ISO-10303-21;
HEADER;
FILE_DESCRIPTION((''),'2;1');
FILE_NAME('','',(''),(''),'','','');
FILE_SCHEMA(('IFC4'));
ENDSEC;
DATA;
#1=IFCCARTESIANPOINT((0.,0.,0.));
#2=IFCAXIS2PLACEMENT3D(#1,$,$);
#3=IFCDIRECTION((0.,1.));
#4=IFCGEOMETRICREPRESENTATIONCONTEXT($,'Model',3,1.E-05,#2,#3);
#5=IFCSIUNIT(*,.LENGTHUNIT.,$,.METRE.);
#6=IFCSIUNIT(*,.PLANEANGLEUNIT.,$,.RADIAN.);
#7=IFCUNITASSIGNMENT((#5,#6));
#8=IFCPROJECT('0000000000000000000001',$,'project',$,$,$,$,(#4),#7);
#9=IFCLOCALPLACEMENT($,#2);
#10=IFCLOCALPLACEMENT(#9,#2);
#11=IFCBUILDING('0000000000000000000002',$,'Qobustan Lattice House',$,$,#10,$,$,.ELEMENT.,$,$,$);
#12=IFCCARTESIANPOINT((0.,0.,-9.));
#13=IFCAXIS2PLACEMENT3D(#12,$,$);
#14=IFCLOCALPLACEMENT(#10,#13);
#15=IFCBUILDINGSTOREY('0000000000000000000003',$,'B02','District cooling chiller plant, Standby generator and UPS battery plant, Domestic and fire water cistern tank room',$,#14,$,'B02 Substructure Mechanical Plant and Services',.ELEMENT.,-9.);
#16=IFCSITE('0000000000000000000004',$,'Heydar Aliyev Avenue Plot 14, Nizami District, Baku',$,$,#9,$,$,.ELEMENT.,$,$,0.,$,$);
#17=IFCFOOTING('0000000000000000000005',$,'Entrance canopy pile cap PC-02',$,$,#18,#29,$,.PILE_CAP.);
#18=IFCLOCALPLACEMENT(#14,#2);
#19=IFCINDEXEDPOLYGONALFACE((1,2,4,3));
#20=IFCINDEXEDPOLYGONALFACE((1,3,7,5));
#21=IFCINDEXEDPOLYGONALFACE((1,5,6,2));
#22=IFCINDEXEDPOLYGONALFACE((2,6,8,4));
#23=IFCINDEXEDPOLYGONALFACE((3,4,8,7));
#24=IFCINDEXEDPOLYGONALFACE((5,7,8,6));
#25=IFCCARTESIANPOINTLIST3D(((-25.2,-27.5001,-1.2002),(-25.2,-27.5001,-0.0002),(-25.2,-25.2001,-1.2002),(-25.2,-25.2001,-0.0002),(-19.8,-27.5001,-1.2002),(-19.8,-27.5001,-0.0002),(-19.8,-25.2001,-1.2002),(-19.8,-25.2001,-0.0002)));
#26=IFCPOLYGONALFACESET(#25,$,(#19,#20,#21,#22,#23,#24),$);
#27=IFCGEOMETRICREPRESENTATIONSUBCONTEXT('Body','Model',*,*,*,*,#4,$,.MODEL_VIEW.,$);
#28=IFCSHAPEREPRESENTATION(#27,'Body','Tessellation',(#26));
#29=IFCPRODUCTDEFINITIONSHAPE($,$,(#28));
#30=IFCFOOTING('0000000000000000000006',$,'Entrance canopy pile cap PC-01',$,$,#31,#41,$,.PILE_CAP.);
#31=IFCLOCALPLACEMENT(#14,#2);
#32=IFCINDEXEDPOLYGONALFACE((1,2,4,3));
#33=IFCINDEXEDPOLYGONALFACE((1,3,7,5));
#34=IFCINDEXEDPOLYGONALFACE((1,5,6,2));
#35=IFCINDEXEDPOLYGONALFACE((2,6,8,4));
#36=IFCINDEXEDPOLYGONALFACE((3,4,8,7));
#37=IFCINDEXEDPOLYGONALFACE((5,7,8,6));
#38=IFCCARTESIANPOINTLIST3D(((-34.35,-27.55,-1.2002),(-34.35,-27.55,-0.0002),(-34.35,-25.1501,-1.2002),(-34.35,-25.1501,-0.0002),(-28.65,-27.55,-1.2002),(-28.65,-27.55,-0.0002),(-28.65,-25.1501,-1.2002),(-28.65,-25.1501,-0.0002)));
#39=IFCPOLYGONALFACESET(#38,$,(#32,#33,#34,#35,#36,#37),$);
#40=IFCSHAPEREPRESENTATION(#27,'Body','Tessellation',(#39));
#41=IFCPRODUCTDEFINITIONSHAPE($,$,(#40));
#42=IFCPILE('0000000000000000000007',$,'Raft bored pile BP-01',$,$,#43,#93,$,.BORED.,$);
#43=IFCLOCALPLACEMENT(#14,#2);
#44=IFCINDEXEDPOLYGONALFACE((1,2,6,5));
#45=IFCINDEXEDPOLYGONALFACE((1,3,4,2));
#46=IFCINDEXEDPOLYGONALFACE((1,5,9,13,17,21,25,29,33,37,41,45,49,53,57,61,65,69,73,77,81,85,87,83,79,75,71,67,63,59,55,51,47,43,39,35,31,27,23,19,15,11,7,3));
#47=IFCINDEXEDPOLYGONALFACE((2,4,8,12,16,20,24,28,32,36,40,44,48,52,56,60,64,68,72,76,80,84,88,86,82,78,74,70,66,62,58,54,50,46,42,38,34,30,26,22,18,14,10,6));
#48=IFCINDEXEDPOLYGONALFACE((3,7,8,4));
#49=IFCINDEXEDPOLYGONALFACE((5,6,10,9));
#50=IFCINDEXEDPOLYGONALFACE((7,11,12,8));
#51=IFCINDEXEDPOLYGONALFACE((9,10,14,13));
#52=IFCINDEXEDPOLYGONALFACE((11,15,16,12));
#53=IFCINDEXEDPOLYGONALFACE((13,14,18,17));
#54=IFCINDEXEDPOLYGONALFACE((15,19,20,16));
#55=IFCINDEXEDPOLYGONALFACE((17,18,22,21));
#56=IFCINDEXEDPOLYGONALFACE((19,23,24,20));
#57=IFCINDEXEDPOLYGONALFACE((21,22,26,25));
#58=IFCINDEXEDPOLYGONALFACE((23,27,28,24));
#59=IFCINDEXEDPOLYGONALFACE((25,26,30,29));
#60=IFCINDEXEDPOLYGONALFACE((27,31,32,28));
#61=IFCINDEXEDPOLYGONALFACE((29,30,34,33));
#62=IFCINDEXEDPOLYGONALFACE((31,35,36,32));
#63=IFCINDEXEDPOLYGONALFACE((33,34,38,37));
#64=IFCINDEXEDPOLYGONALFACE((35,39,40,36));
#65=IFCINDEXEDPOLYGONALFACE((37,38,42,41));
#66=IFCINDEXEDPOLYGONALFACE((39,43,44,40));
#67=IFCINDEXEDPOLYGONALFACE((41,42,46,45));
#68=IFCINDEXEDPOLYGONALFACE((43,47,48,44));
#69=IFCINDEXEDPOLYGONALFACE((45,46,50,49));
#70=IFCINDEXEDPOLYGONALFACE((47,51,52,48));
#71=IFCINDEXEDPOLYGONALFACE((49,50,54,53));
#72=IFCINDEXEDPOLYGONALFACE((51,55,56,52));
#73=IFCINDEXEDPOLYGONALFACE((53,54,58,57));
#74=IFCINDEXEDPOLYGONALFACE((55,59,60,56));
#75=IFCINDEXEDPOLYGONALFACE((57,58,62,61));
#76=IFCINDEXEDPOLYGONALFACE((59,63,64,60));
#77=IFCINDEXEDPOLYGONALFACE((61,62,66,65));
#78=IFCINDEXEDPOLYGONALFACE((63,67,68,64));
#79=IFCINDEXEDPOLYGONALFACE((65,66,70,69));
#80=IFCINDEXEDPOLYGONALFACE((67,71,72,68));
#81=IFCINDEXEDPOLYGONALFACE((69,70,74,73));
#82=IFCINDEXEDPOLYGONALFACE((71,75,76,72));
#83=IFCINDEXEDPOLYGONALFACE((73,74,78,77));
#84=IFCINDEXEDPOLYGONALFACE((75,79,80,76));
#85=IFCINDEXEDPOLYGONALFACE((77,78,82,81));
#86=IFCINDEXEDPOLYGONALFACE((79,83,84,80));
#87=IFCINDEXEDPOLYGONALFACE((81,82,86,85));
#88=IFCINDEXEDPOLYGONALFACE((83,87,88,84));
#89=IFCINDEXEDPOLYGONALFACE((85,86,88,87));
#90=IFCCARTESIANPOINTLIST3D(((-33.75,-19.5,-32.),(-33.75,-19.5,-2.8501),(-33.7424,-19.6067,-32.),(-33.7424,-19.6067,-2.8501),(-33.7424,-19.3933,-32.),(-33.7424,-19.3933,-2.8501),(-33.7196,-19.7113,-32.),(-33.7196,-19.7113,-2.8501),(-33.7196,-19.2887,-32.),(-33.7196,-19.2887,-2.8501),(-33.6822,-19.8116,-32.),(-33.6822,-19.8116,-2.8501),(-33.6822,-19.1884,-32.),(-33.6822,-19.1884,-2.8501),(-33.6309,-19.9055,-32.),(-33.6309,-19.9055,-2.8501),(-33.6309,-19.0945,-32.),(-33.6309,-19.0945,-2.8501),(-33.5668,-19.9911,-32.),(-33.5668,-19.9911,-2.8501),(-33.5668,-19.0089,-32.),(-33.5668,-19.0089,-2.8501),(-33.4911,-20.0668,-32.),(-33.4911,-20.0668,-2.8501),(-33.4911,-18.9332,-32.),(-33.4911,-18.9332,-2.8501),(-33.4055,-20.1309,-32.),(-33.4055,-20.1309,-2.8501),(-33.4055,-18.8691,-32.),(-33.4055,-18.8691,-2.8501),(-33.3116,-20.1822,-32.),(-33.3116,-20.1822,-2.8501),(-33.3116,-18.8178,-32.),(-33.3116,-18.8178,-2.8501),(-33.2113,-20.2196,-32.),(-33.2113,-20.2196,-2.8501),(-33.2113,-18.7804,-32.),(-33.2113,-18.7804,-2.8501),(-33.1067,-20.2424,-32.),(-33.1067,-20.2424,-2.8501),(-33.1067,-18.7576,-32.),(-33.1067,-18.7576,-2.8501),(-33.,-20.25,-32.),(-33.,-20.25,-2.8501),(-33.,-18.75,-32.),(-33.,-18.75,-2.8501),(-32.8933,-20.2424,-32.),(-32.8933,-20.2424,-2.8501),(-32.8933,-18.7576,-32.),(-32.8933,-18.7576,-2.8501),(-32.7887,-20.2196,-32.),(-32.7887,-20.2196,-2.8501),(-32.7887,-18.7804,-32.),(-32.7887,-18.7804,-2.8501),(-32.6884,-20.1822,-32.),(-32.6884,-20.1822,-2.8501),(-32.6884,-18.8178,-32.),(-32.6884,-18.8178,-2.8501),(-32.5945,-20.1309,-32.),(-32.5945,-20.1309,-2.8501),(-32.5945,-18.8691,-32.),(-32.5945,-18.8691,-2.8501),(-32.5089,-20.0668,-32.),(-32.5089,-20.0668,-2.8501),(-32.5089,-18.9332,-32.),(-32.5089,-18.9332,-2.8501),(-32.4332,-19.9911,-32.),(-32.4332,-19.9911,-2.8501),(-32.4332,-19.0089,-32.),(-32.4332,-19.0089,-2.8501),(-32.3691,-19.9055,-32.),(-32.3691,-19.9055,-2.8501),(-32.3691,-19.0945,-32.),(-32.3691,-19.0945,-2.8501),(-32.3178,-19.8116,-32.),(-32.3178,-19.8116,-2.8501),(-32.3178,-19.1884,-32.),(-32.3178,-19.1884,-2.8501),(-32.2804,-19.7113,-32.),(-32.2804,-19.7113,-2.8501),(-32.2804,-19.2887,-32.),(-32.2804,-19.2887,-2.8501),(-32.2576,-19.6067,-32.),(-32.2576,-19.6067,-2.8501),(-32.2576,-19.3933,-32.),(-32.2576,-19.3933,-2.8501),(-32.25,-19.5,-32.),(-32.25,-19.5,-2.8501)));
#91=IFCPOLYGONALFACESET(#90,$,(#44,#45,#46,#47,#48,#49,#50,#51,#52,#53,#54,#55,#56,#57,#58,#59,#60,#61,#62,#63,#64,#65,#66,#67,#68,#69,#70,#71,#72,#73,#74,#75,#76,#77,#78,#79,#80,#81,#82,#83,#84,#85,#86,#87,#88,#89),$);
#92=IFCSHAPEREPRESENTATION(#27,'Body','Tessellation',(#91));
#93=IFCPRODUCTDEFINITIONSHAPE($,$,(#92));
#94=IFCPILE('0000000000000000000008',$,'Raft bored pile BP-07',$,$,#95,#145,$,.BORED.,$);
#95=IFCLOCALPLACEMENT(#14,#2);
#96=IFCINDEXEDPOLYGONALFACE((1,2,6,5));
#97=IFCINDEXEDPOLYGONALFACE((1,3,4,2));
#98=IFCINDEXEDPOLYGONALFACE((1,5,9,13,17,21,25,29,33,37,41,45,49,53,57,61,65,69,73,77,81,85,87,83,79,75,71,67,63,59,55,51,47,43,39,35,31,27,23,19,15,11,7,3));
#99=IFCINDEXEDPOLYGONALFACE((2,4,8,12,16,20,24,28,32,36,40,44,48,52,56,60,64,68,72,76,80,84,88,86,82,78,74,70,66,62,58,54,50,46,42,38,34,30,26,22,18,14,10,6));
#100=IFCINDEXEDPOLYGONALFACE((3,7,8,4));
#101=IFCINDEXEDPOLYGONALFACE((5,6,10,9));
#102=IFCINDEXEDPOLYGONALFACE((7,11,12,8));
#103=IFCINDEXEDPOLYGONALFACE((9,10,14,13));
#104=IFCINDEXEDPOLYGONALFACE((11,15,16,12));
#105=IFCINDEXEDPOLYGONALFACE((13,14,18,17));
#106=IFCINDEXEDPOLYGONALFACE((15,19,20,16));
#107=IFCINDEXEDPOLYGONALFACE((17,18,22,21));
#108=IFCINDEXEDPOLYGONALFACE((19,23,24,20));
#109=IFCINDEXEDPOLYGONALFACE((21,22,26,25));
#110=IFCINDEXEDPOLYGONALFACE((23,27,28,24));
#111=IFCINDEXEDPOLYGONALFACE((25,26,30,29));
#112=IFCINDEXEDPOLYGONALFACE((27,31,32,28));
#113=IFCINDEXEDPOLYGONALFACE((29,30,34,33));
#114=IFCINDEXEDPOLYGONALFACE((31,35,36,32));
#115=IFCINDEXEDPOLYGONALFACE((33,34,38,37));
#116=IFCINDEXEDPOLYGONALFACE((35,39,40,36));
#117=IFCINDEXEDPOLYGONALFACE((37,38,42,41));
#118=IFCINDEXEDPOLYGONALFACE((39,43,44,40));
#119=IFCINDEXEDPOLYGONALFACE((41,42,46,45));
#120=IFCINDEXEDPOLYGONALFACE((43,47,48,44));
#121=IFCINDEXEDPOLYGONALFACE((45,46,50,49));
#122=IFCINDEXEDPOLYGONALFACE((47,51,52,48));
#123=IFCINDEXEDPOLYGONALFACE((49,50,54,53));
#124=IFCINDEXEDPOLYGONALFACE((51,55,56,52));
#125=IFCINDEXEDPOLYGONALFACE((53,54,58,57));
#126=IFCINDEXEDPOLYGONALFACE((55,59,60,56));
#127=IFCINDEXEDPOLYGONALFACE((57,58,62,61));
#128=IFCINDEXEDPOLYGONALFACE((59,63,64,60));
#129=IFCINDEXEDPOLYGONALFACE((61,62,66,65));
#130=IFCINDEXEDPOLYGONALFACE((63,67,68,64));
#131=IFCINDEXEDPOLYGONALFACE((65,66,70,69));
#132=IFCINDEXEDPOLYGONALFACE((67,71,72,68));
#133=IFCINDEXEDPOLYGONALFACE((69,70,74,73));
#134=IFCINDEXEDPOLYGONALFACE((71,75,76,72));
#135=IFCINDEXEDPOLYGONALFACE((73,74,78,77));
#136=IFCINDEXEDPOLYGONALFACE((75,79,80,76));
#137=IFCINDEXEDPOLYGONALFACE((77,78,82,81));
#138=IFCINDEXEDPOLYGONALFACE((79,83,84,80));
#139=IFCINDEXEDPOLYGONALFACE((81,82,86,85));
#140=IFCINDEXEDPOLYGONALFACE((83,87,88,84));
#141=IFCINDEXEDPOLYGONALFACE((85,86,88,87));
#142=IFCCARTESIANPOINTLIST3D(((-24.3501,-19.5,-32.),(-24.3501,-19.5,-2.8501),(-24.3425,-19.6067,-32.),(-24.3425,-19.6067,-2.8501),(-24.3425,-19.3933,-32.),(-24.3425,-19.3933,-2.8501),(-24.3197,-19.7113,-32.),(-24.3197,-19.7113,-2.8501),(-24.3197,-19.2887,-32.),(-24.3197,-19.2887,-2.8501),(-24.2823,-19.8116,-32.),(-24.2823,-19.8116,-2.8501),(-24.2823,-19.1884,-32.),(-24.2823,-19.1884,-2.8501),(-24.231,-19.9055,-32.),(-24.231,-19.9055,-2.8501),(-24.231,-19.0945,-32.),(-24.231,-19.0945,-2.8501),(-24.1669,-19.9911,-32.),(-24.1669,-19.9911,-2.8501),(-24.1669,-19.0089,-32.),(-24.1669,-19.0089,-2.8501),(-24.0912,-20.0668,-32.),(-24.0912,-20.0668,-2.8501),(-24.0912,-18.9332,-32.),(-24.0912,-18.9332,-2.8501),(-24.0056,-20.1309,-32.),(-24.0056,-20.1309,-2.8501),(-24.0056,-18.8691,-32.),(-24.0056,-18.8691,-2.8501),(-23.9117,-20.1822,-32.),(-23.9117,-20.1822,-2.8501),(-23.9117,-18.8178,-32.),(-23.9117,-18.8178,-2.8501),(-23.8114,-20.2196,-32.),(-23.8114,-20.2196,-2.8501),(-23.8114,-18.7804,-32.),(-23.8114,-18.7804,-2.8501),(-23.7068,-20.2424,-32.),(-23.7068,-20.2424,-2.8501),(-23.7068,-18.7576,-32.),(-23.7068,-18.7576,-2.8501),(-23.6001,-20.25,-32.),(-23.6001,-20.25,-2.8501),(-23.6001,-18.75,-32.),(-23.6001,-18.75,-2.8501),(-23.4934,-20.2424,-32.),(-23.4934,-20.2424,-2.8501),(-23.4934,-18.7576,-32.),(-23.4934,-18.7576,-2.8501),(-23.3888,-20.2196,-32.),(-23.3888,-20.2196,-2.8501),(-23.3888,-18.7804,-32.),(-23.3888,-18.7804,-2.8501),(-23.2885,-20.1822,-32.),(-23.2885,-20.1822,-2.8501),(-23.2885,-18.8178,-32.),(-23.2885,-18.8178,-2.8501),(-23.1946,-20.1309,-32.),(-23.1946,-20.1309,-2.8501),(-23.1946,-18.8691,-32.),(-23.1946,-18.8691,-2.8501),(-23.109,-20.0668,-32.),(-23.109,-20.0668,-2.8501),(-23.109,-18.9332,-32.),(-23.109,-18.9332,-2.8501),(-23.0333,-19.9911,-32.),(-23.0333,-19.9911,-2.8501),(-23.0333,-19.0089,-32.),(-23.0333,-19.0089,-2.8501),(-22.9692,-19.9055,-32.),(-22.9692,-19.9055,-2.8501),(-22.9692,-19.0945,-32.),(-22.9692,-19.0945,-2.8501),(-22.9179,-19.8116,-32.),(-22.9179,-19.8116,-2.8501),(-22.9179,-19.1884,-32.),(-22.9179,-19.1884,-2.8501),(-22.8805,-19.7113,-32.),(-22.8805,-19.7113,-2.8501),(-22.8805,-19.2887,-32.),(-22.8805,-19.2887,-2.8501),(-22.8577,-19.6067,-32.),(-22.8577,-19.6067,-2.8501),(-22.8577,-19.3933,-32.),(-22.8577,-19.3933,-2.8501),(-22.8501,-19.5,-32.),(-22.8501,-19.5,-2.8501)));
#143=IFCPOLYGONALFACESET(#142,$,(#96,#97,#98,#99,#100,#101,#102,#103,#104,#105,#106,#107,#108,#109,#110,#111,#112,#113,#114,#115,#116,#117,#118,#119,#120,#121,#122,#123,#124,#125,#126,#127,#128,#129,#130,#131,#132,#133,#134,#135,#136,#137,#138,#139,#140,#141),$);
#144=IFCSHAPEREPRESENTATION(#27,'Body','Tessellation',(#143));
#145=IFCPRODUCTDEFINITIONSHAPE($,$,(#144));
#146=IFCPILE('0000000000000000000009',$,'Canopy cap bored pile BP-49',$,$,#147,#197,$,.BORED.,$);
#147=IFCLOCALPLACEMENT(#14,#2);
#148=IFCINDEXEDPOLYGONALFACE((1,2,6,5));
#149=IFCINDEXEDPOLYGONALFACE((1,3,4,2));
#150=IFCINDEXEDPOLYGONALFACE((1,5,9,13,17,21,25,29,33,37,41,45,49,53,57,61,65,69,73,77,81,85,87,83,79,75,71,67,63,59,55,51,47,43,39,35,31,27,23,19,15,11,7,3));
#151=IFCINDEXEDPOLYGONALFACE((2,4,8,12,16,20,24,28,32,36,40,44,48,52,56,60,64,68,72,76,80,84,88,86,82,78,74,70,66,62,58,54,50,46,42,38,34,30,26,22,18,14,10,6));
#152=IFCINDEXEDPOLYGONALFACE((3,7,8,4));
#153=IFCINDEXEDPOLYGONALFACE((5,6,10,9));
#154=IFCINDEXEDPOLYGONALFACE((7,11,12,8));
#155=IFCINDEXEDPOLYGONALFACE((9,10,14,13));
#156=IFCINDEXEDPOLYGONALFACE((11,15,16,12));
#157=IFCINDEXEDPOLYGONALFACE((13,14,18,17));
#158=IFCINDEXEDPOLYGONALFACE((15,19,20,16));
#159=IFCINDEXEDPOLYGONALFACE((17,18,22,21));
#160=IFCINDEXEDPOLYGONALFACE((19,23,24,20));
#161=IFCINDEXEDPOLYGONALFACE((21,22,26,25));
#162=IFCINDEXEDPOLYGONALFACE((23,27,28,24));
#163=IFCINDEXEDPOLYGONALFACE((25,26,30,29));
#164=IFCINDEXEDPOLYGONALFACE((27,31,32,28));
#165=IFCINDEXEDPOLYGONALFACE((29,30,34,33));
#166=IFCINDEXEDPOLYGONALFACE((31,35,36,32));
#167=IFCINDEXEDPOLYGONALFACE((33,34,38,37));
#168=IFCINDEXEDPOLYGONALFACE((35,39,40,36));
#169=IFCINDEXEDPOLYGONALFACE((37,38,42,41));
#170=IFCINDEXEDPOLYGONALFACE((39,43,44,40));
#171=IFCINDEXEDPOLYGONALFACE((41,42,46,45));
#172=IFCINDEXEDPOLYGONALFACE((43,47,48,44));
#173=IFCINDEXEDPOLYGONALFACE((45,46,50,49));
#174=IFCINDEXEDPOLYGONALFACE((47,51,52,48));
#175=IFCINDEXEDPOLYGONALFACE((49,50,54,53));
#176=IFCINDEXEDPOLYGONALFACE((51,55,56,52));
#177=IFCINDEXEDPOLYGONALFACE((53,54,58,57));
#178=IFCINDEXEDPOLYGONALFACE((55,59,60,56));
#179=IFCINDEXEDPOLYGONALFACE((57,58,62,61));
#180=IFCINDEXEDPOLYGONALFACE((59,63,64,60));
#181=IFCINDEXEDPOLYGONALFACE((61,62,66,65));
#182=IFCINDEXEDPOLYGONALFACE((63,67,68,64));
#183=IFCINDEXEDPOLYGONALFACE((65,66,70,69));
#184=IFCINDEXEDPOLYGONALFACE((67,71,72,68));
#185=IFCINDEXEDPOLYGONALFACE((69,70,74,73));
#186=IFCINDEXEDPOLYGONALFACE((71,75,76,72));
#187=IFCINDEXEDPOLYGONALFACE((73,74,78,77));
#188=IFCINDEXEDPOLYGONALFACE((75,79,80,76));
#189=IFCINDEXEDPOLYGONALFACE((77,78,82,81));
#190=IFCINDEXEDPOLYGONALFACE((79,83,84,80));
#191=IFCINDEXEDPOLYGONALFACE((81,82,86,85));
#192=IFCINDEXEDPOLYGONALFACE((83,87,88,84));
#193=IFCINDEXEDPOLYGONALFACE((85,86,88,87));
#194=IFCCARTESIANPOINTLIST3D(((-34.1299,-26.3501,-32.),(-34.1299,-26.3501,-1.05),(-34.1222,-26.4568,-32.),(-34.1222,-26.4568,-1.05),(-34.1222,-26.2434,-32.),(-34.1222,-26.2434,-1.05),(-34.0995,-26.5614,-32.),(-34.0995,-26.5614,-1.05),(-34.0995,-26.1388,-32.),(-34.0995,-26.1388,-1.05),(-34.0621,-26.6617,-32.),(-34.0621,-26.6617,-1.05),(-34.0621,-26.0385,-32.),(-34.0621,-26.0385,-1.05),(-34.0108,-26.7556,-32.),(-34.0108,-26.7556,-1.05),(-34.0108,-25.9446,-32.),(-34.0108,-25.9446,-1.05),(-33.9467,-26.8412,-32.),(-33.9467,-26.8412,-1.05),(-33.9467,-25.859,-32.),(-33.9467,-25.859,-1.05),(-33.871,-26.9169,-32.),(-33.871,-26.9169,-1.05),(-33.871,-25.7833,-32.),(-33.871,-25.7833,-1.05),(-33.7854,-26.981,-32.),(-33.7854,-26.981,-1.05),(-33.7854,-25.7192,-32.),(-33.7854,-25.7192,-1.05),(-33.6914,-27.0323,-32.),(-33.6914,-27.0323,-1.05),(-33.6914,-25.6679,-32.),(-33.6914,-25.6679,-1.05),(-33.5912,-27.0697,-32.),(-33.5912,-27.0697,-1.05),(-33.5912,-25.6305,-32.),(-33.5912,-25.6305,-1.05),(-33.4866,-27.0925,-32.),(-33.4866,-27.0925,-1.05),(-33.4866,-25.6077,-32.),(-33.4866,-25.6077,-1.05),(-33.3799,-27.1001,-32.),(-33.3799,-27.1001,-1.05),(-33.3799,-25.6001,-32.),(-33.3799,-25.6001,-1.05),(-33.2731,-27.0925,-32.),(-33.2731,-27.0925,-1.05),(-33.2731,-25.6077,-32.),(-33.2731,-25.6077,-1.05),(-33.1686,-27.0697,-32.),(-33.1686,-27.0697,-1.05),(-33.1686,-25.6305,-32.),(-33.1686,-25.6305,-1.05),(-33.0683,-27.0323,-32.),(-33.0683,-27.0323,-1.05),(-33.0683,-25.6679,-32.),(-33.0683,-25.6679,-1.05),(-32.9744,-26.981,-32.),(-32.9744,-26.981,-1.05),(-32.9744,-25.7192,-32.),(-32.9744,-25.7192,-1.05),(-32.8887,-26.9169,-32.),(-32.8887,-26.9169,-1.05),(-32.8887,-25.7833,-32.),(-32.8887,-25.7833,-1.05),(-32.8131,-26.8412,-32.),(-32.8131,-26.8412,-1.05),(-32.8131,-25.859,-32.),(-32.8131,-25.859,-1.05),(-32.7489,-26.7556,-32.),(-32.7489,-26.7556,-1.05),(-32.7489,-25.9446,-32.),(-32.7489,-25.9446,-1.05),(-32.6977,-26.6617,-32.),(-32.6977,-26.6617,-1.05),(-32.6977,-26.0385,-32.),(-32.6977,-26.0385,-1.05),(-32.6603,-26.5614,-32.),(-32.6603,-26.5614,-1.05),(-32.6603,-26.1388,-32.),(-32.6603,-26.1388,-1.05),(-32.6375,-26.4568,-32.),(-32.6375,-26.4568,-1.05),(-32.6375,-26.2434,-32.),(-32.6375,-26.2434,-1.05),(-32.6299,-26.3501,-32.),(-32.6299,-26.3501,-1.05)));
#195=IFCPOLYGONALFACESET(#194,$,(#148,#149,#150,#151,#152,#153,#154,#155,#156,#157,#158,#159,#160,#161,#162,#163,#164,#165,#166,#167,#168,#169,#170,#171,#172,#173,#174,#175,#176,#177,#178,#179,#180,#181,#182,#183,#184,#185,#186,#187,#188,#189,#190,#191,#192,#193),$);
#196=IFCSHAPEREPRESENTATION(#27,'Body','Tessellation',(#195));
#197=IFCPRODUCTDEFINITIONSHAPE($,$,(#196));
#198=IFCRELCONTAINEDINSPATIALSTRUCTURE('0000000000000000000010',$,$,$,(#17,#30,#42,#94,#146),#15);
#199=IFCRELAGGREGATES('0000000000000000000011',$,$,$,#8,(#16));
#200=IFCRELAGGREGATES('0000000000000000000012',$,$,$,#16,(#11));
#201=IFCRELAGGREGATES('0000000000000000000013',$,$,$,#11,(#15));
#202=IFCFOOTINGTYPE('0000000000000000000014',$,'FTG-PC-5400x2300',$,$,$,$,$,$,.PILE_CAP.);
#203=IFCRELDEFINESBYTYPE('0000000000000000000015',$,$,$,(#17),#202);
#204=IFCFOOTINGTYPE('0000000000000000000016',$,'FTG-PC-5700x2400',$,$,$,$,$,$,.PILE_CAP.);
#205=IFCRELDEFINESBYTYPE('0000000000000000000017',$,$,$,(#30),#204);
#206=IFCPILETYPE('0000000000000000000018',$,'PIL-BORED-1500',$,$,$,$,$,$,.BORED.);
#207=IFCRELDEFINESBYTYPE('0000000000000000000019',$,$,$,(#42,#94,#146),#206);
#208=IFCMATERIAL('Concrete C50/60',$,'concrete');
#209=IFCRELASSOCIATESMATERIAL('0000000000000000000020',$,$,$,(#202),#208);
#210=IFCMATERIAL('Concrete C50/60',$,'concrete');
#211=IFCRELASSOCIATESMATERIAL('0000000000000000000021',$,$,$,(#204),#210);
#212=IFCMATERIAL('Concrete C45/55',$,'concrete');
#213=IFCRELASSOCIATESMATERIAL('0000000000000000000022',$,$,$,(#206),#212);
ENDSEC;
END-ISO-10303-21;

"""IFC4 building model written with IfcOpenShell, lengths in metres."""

from ifc_helpers import new_model, si_unit, direction, frame, origin, origin_2d, place, context, subcontext, project, spatial, rectangle, circle, extrude, material, material_profile, profile_set, type_object, element, save


model = new_model("IFC4")

# Units and contexts
model_context = context("Model", 3, precision=1e-05, world=origin(), true_north=direction((0.0, 1.0)))
body_context = subcontext(model_context, "Body", "Model", "MODEL_VIEW")
ifc_project = project(units=[si_unit("LENGTHUNIT", "METRE"), si_unit("PLANEANGLEUNIT", "RADIAN")], contexts=[model_context])

# Site, building, storey
site_placement = place(None, origin())
site = spatial("IfcSite", under=ifc_project, at=site_placement, Name="Heydar Aliyev Avenue Plot 14, Nizami District, Baku", CompositionType="ELEMENT", RefElevation=0.0)
building_placement = place(site_placement, origin())
building = spatial("IfcBuilding", under=site, at=building_placement, Name="Qobustan Lattice House", CompositionType="ELEMENT")
storey_placement = place(building_placement, frame((0.0, 0.0, -9.0)))
storey = spatial("IfcBuildingStorey", under=building, at=storey_placement, Name="B02", Description="District cooling chiller plant, Standby generator and UPS battery plant, Domestic and fire water cistern tank room", LongName="B02 Substructure Mechanical Plant and Services", CompositionType="ELEMENT", Elevation=-9.0)

# Footings
ifc_material_1 = material(Name="Concrete C50/60", Category="concrete")
footing_type_1 = type_object("IfcFootingType", Name="FTG-PC-5400x2300", PredefinedType="PILE_CAP", material=ifc_material_1)
footing_1_placement = place(storey_placement, frame((-22.5, -26.3501, -1.2002), z_axis=(0.0, 0.0, 1.0), x_axis=(1.0, 0.0, 0.0)))
element("IfcFooting", 1, at=footing_1_placement, inside=storey, type_object=footing_type_1, Name="Entrance canopy pile cap PC-02", PredefinedType="PILE_CAP", context=body_context, shape_type="SweptSolid", body=[
    extrude(rectangle(XDim=5.3999, YDim=2.3, at=origin_2d()), origin(), (0.0, 0.0, 1.0), 1.2),
])
ifc_material_2 = material(Name="Concrete C50/60", Category="concrete")
footing_type_2 = type_object("IfcFootingType", Name="FTG-PC-5700x2400", PredefinedType="PILE_CAP", material=ifc_material_2)
footing_2_placement = place(storey_placement, frame((-31.5, -26.3501, -1.2002), z_axis=(0.0, 0.0, 1.0), x_axis=(1.0, 0.0, 0.0)))
element("IfcFooting", 2, at=footing_2_placement, inside=storey, type_object=footing_type_2, Name="Entrance canopy pile cap PC-01", PredefinedType="PILE_CAP", context=body_context, shape_type="SweptSolid", body=[
    extrude(rectangle(XDim=5.7, YDim=2.3999, at=origin_2d()), origin(), (0.0, 0.0, 1.0), 1.2),
])

# Piles
ifc_material_3 = material(Name="Concrete C45/55", Category="concrete")
ifc_material_profile_1 = material_profile(ifc_material_3, circle(Radius=0.75, at=origin_2d()), Name="PILE-D1500")
ifc_profile_set_1 = profile_set([ifc_material_profile_1], Name="Concrete C45/55")
pile_type = type_object("IfcPileType", Name="PIL-BORED-1500", PredefinedType="BORED", material=ifc_profile_set_1)
for number, where, z_axis, x_axis, name in (
    (3, (-33.0, -19.5, -2.8501), (0.0, 0.0, -1.0), (1.0, 0.0, 0.0), "Raft bored pile BP-01"),
    (4, (-23.6001, -19.5, -2.8501), (0.0, 0.0, -1.0), (1.0, 0.0, 0.0), "Raft bored pile BP-07"),
):
    element("IfcPile", number, at=place(storey_placement, frame(where, z_axis=z_axis, x_axis=x_axis)), inside=storey, type_object=pile_type, Name=name, PredefinedType="BORED", context=body_context, shape_type="SweptSolid", body=[
        extrude(circle(Radius=0.75, at=origin_2d()), origin(), (0.0, 0.0, 1.0), 29.1499),
    ])
for number, where, z_axis, x_axis, name in (
    (5, (-33.3799, -26.3501, -1.05), (0.0, 0.0, -1.0), (1.0, 0.0, 0.0), "Canopy cap bored pile BP-49"),
):
    element("IfcPile", number, at=place(storey_placement, frame(where, z_axis=z_axis, x_axis=x_axis)), inside=storey, type_object=pile_type, Name=name, PredefinedType="BORED", context=body_context, shape_type="SweptSolid", body=[
        extrude(circle(Radius=0.75, at=origin_2d()), origin(), (0.0, 0.0, 1.0), 30.95),
    ])

save(model, "model.ifc")
